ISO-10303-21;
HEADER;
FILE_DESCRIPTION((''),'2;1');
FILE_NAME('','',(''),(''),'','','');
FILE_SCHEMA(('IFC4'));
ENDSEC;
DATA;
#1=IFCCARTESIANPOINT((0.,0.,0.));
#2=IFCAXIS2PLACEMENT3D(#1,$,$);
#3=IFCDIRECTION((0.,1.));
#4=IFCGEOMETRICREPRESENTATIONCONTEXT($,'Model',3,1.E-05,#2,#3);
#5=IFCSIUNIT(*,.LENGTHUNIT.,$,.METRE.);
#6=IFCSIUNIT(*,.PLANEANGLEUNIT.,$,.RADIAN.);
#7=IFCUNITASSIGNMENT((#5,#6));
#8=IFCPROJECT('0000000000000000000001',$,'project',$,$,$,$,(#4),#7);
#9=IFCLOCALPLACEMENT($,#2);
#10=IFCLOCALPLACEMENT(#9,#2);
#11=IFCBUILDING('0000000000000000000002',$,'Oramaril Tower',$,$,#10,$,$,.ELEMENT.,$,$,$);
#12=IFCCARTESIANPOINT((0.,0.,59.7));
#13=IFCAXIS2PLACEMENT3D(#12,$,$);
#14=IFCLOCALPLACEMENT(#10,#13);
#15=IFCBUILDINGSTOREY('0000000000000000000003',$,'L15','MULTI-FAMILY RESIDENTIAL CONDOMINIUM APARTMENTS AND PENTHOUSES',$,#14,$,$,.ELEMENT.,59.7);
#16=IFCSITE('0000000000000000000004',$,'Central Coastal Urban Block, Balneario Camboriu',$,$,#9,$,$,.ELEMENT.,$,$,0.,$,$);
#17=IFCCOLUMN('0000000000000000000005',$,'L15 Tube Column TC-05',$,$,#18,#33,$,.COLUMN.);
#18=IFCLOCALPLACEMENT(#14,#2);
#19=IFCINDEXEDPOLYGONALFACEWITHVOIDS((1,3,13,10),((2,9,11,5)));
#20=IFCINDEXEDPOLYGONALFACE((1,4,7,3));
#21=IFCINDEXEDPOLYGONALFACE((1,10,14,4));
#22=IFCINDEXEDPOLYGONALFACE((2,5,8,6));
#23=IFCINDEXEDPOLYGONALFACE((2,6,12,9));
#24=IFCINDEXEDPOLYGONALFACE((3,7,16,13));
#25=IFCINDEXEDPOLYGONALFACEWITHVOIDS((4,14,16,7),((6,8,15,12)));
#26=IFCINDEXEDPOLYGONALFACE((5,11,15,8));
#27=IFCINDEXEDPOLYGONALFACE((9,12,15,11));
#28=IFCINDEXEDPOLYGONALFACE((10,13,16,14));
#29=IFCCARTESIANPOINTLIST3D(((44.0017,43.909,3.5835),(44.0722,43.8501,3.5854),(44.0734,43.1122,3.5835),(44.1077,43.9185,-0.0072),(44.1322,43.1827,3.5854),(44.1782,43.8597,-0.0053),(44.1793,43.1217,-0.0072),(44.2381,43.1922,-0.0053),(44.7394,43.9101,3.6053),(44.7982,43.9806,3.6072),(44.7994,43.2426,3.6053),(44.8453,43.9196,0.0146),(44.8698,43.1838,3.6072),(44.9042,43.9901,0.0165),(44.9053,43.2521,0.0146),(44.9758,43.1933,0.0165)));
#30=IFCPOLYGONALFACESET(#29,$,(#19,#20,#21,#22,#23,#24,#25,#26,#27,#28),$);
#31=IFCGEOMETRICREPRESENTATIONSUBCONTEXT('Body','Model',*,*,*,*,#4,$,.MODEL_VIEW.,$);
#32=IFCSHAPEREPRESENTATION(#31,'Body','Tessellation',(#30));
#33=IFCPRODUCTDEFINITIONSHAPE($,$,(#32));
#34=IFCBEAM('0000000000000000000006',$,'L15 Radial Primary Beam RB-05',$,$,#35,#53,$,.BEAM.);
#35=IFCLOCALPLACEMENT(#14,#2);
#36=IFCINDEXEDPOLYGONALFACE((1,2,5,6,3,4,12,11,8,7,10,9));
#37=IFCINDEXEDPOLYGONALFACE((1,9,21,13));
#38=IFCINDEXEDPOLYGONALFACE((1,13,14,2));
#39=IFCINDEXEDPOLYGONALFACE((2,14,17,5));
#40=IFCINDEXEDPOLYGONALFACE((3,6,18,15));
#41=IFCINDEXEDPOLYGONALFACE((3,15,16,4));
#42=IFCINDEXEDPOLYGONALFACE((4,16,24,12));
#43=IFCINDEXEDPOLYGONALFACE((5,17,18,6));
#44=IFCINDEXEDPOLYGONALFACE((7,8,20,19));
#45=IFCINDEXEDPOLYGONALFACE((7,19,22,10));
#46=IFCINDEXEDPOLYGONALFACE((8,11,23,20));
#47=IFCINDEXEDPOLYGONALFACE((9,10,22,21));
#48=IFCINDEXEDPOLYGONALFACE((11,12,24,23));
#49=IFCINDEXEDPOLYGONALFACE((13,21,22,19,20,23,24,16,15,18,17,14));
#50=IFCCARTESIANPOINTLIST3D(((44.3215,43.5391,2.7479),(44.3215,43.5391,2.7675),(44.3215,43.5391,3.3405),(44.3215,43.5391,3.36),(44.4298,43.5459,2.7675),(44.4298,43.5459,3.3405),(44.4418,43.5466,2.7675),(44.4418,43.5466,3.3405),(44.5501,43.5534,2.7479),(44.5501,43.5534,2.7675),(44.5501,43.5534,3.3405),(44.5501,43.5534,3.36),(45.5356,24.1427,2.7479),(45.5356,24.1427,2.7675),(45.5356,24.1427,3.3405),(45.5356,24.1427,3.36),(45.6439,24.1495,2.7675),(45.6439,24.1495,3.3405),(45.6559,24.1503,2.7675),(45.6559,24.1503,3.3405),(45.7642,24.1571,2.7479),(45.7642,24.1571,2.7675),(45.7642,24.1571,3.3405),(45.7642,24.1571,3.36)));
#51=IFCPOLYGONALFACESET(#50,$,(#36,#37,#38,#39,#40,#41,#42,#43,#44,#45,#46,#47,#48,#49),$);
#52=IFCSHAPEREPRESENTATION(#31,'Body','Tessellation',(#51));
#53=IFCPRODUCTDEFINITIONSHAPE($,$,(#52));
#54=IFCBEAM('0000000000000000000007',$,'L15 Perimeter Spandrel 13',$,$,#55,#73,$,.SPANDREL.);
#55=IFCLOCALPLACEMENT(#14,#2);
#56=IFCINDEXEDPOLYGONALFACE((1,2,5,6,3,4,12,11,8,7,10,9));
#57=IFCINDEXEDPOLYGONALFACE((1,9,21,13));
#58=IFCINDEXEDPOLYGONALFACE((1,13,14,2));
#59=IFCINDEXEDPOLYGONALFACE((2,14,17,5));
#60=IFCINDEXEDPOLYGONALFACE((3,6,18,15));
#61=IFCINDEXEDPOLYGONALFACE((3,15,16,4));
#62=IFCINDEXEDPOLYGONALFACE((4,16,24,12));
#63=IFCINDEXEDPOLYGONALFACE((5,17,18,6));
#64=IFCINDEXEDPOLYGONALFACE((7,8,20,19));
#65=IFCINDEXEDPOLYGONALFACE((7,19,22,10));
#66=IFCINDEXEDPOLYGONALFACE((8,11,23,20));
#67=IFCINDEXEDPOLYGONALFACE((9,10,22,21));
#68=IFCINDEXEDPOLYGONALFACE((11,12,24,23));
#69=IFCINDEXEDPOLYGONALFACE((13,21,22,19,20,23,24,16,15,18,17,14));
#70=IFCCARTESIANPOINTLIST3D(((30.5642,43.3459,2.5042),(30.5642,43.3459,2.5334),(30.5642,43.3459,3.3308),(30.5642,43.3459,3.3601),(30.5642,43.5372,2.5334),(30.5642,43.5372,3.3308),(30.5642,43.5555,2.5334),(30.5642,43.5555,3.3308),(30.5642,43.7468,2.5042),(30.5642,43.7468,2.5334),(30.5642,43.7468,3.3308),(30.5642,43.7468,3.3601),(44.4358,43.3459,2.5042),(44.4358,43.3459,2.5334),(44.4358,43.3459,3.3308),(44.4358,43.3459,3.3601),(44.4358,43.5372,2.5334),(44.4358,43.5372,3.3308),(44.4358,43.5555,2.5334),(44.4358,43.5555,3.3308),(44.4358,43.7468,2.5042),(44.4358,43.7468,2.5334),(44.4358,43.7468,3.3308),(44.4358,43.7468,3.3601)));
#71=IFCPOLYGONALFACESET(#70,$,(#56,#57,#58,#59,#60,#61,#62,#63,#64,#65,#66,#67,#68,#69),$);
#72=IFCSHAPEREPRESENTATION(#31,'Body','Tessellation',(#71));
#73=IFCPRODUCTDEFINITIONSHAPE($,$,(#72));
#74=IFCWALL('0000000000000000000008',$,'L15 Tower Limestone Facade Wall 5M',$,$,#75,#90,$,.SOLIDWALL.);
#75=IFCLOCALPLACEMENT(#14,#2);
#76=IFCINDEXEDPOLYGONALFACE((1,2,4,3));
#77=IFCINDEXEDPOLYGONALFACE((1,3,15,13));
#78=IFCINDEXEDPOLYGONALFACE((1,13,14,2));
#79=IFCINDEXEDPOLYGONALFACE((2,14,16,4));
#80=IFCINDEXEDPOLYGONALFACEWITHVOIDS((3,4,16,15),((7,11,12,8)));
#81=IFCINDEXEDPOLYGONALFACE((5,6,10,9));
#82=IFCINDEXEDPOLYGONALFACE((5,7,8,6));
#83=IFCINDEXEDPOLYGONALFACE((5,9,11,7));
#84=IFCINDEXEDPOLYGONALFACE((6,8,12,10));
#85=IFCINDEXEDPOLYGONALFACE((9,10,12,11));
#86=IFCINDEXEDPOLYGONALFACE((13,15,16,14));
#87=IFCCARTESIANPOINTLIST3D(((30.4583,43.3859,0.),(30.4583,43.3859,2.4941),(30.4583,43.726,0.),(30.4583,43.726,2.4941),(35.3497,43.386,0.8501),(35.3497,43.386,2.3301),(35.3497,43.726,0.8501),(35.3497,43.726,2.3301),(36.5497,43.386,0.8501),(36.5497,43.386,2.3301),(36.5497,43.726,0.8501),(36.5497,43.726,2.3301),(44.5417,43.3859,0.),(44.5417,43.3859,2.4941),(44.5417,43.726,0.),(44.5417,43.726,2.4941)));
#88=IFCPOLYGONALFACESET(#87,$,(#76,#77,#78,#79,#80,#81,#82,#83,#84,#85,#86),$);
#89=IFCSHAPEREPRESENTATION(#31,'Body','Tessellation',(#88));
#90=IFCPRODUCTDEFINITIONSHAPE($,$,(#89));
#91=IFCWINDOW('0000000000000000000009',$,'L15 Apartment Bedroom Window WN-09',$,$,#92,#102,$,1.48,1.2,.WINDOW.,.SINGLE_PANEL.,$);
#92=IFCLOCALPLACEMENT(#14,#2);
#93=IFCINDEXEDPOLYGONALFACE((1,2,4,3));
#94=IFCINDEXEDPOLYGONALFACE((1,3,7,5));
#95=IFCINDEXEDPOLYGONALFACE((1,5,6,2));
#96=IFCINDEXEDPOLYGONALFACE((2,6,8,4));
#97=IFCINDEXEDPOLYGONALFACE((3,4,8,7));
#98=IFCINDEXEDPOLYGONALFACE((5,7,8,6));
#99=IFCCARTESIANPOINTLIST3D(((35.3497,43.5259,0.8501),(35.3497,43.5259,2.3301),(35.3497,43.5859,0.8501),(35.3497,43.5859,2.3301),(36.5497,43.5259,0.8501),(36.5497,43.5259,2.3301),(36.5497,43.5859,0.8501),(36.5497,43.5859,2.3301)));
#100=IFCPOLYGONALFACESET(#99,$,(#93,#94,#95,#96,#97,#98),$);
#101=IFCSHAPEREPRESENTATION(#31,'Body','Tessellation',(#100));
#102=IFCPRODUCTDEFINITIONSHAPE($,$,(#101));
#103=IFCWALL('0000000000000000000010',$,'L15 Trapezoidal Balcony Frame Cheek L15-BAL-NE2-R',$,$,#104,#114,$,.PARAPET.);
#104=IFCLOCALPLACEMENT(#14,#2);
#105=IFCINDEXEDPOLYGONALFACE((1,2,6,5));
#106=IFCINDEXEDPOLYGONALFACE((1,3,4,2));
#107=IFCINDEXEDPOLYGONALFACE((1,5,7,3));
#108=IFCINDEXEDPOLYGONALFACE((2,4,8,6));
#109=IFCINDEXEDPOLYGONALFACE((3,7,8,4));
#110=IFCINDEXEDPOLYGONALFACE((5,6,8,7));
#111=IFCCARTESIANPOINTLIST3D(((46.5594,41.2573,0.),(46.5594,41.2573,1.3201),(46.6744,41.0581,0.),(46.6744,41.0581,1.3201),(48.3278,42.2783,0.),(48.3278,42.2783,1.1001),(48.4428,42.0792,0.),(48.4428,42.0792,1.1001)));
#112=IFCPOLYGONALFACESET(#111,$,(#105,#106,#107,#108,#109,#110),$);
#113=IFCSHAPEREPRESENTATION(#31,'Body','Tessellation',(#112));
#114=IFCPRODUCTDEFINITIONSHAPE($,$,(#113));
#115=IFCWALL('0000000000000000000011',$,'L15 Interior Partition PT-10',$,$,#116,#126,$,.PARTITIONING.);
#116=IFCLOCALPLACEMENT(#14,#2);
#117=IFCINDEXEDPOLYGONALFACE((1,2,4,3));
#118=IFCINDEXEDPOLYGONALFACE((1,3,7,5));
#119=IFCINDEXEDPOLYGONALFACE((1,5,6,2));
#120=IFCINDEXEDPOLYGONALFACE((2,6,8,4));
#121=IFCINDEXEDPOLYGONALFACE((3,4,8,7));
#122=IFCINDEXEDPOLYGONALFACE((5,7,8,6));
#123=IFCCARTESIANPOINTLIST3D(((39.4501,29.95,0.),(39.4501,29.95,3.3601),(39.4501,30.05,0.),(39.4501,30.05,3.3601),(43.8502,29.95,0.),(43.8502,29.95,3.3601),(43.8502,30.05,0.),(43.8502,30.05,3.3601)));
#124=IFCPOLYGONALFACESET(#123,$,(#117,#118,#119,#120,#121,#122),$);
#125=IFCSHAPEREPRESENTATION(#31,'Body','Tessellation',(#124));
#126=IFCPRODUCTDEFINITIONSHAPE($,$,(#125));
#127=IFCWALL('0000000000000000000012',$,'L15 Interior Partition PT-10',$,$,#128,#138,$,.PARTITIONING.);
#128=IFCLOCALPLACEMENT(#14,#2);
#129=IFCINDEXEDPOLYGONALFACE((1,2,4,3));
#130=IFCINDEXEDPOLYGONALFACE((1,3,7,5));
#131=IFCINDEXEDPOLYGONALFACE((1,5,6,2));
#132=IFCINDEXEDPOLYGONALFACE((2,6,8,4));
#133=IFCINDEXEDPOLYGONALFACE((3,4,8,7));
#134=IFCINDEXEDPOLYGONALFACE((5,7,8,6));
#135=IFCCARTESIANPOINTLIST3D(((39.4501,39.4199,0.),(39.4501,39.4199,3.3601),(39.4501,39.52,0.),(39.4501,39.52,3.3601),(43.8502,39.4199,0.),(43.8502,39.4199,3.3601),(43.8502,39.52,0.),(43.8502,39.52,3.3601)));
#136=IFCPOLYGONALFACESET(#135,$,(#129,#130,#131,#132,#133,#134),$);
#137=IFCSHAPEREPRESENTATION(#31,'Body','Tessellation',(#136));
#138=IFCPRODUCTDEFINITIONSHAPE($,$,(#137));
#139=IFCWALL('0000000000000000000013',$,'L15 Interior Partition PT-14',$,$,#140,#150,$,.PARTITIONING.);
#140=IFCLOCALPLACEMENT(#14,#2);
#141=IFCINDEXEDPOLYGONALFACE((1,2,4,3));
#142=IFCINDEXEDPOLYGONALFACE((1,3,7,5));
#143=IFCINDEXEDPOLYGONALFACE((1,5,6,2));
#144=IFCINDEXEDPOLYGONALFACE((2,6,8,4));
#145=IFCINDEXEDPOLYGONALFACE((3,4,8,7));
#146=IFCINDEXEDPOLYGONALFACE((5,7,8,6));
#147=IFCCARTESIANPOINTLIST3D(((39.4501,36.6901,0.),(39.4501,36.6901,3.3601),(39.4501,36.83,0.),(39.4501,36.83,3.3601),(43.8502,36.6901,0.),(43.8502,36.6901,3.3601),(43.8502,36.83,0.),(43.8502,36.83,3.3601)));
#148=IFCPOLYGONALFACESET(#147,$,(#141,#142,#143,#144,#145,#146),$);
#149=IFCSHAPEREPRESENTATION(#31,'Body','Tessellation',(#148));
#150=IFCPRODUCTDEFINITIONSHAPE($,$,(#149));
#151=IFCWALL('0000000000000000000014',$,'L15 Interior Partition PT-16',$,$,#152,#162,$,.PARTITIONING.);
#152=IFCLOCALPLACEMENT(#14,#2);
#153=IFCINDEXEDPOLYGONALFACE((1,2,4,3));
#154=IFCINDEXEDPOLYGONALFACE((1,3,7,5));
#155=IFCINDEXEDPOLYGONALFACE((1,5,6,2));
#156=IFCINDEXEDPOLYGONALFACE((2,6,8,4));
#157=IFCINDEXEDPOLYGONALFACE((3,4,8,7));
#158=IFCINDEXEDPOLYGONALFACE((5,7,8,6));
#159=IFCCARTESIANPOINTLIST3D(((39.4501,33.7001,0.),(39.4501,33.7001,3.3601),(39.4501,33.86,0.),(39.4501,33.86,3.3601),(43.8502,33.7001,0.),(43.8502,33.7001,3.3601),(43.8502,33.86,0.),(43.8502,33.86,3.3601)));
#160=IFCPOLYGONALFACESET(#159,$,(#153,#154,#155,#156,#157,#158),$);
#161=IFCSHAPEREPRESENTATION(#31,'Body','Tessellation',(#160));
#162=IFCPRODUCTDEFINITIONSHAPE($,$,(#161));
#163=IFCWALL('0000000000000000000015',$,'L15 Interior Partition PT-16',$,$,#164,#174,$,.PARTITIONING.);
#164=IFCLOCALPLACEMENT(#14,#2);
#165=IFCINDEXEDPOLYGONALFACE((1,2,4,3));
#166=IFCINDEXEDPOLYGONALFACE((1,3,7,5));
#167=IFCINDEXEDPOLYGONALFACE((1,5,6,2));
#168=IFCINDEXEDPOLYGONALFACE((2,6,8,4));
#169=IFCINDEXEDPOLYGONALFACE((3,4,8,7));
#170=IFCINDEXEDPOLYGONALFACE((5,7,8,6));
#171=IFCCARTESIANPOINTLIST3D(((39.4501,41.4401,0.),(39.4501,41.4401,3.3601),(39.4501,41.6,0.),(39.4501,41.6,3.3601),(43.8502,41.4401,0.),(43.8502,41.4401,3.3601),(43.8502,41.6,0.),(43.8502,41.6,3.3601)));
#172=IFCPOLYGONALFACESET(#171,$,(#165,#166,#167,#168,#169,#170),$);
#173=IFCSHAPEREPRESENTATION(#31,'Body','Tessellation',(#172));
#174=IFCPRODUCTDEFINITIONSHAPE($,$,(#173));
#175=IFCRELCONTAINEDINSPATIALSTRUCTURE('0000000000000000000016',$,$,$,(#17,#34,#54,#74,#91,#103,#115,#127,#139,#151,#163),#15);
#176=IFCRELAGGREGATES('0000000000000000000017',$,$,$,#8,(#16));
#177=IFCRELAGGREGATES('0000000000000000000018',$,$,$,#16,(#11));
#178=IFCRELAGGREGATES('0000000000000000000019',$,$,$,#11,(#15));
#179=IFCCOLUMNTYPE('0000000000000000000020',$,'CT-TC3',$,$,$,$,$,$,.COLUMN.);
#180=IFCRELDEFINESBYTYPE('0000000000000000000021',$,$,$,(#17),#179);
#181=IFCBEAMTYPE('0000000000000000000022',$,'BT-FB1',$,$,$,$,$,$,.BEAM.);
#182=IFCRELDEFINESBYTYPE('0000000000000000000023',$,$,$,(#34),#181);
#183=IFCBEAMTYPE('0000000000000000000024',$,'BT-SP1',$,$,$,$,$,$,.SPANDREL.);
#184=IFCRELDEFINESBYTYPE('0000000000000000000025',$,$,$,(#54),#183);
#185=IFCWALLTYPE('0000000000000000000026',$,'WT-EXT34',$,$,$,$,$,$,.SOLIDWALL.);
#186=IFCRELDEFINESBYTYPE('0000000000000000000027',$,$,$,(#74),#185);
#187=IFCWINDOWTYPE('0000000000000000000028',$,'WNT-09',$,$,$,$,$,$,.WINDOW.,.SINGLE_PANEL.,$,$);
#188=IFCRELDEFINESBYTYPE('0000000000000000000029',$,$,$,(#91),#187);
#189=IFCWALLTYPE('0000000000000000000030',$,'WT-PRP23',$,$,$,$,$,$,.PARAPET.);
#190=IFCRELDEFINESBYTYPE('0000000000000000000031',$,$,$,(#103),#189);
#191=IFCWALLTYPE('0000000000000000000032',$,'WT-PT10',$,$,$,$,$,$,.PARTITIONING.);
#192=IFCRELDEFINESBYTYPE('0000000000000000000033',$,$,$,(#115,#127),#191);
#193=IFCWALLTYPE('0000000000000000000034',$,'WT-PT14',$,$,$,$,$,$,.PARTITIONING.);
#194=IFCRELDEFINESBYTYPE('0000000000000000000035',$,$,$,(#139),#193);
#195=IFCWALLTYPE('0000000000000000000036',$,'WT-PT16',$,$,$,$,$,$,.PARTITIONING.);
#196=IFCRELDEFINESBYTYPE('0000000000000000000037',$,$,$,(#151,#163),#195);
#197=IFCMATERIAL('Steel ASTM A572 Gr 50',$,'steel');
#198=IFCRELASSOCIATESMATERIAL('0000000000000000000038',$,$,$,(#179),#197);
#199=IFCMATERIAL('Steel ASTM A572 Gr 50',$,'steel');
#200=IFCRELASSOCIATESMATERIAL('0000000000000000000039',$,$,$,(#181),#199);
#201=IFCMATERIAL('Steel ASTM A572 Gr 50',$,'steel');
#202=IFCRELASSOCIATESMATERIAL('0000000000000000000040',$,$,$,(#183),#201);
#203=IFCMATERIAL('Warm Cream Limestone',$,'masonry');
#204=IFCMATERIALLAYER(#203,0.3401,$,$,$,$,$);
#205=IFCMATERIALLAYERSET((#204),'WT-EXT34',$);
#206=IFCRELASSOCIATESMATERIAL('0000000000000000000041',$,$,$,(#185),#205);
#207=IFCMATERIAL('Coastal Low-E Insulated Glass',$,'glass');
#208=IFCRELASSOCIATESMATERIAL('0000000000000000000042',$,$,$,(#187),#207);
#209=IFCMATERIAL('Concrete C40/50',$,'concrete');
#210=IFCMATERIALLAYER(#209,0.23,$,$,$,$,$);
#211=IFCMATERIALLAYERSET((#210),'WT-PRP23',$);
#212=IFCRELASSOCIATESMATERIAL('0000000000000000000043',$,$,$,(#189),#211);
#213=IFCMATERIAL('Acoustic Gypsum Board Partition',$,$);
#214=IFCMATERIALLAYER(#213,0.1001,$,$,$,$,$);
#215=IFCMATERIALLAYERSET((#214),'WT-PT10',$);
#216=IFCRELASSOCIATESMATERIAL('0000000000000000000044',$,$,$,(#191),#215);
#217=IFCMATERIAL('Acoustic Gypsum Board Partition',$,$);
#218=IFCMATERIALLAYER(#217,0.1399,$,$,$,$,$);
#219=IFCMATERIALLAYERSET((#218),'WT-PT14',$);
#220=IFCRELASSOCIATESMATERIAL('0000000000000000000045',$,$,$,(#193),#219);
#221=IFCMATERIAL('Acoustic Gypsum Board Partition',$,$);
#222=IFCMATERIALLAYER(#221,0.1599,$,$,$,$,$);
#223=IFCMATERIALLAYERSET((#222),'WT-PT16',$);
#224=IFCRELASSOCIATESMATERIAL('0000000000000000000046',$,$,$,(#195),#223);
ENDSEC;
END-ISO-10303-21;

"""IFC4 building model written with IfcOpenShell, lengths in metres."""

from ifc_helpers import new_model, si_unit, direction, frame, frame_2d, origin, origin_2d, place, context, subcontext, project, spatial, polyline, rectangle, hollow_rectangle, i_section, outline, extrude, material, layer, layer_set, material_profile, profile_set, type_object, element, fill, save


model = new_model("IFC4")

# Units and contexts
model_context = context("Model", 3, precision=1e-05, world=origin(), true_north=direction((0.0, 1.0)))
body_context = subcontext(model_context, "Body", "Model", "MODEL_VIEW")
ifc_project = project(units=[si_unit("LENGTHUNIT", "METRE"), si_unit("PLANEANGLEUNIT", "RADIAN")], contexts=[model_context])

# Site, building, storey
site_placement = place(None, origin())
site = spatial("IfcSite", under=ifc_project, at=site_placement, Name="Central Coastal Urban Block, Balneario Camboriu", CompositionType="ELEMENT", RefElevation=0.0)
building_placement = place(site_placement, origin())
building = spatial("IfcBuilding", under=site, at=building_placement, Name="Oramaril Tower", CompositionType="ELEMENT")
storey_placement = place(building_placement, frame((0.0, 0.0, 59.7)))
storey = spatial("IfcBuildingStorey", under=building, at=storey_placement, Name="L15", Description="MULTI-FAMILY RESIDENTIAL CONDOMINIUM APARTMENTS AND PENTHOUSES", CompositionType="ELEMENT", Elevation=59.7)

# Column
ifc_material_1 = material(Name="Steel ASTM A572 Gr 50", Category="steel")
ifc_material_profile_1 = material_profile(ifc_material_1, hollow_rectangle(XDim=0.8, YDim=0.8, WallThickness=0.0649, at=origin_2d()), Name="BOX800X800X65")
ifc_profile_set_1 = profile_set([ifc_material_profile_1], Name="Steel ASTM A572 Gr 50")
column_type = type_object("IfcColumnType", Name="CT-TC3", PredefinedType="COLUMN", material=ifc_profile_set_1)
column_placement = place(storey_placement, frame((44.5417, 43.5559, 0.0046), z_axis=(-0.029495, -0.00265, 0.999561), x_axis=(0.089501, -0.995987, 0.0)))
element("IfcColumn", 1, at=column_placement, inside=storey, type_object=column_type, Name="L15 Tube Column TC-05", PredefinedType="COLUMN", context=body_context, shape_type="SweptSolid", body=[
    extrude(hollow_rectangle(XDim=0.8, YDim=0.8, WallThickness=0.0649, at=origin_2d()), origin(), (0.0, 0.0, 1.0), 3.5923),
])

# Beams
ifc_material_2 = material(Name="Steel ASTM A572 Gr 50", Category="steel")
ifc_material_profile_2 = material_profile(ifc_material_2, i_section(OverallWidth=0.229, OverallDepth=0.6121, WebThickness=0.012, FlangeThickness=0.0195, at=origin_2d()), Name="W24X84")
ifc_profile_set_2 = profile_set([ifc_material_profile_2], Name="Steel ASTM A572 Gr 50")
beam_type_1 = type_object("IfcBeamType", Name="BT-FB1", PredefinedType="BEAM", material=ifc_profile_set_2)
beam_1_placement = place(storey_placement, frame((45.6499, 24.1499, 3.054), z_axis=(-0.062472, 0.998047, 0.0), x_axis=(-0.998047, -0.062472, 0.0)))
element("IfcBeam", 2, at=beam_1_placement, inside=storey, type_object=beam_type_1, Name="L15 Radial Primary Beam RB-05", PredefinedType="BEAM", context=body_context, shape_type="SweptSolid", body=[
    extrude(i_section(OverallWidth=0.229, OverallDepth=0.6121, WebThickness=0.012, FlangeThickness=0.0195, at=origin_2d()), origin(), (0.0, 0.0, 1.0), 19.4343),
])
ifc_material_3 = material(Name="Steel ASTM A572 Gr 50", Category="steel")
ifc_material_profile_3 = material_profile(ifc_material_3, i_section(OverallWidth=0.4009, OverallDepth=0.856, WebThickness=0.0183, FlangeThickness=0.0293, at=origin_2d()), Name="W33X201")
ifc_profile_set_3 = profile_set([ifc_material_profile_3], Name="Steel ASTM A572 Gr 50")
beam_type_2 = type_object("IfcBeamType", Name="BT-SP1", PredefinedType="SPANDREL", material=ifc_profile_set_3)
beam_2_placement = place(storey_placement, frame((44.4358, 43.5464, 2.9321), z_axis=(-1.0, 0.0, 0.0), x_axis=(0.0, -1.0, 0.0)))
element("IfcBeam", 3, at=beam_2_placement, inside=storey, type_object=beam_type_2, Name="L15 Perimeter Spandrel 13", PredefinedType="SPANDREL", context=body_context, shape_type="SweptSolid", body=[
    extrude(i_section(OverallWidth=0.4009, OverallDepth=0.856, WebThickness=0.0183, FlangeThickness=0.0293, at=origin_2d()), origin(), (0.0, 0.0, 1.0), 13.8716),
])

# Wall, opening, window
ifc_material_4 = material(Name="Warm Cream Limestone", Category="masonry")
ifc_layer_1 = layer(ifc_material_4, 0.3401)
ifc_layer_set_1 = layer_set([ifc_layer_1], Name="WT-EXT34")
wall_type_1 = type_object("IfcWallType", Name="WT-EXT34", PredefinedType="SOLIDWALL", material=ifc_layer_set_1)
wall_1_placement = place(storey_placement, frame((44.5417, 43.5559, 0.0), z_axis=(0.0, 0.0, 1.0), x_axis=(-1.0, 0.0, 0.0)))
wall_1 = element("IfcWall", 4, at=wall_1_placement, inside=storey, type_object=wall_type_1, Name="L15 Tower Limestone Facade Wall 5M", PredefinedType="SOLIDWALL", context=body_context, shape_type="SweptSolid", body=[
    extrude(rectangle(XDim=14.0835, YDim=0.3401, at=frame_2d((7.0417, 0.0))), origin(), (0.0, 0.0, 1.0), 2.4941),
])
opening_1_placement = place(wall_1_placement, frame((7.9919, 0.0, 0.8501)))
opening_1 = element("IfcOpeningElement", 5, at=opening_1_placement, cuts=wall_1, PredefinedType="OPENING", context=body_context, shape_type="SweptSolid", body=[
    extrude(rectangle(XDim=1.2, YDim=1.48, at=frame_2d((0.6001, 0.74))), frame((0.0, 0.1699, 0.0), z_axis=(0.0, -1.0, 0.0), x_axis=(1.0, 0.0, 0.0)), (0.0, 0.0, 1.0), 0.3401),
])
ifc_material_5 = material(Name="Coastal Low-E Insulated Glass", Category="glass")
window_type = type_object("IfcWindowType", Name="WNT-09", PartitioningType="SINGLE_PANEL", PredefinedType="WINDOW", material=ifc_material_5)
window_placement = place(opening_1_placement, origin())
window = element("IfcWindow", 6, at=window_placement, inside=storey, type_object=window_type, Name="L15 Apartment Bedroom Window WN-09", OverallHeight=1.48, OverallWidth=1.2, PartitioningType="SINGLE_PANEL", PredefinedType="WINDOW", context=body_context, shape_type="SweptSolid", body=[
    extrude(rectangle(XDim=1.2, YDim=1.48, at=frame_2d((0.6001, 0.74))), frame((0.0, 0.03, 0.0), z_axis=(0.0, -1.0, 0.0), x_axis=(1.0, 0.0, 0.0)), (0.0, 0.0, 1.0), 0.0601),
])
fill(opening_1, window)

# Walls
ifc_material_6 = material(Name="Concrete C40/50", Category="concrete")
ifc_layer_2 = layer(ifc_material_6, 0.23)
ifc_layer_set_2 = layer_set([ifc_layer_2], Name="WT-PRP23")
wall_type_2 = type_object("IfcWallType", Name="WT-PRP23", PredefinedType="PARAPET", material=ifc_layer_set_2)
wall_2_placement = place(storey_placement, frame((46.6169, 41.1577, 0.0), z_axis=(0.0, 0.0, 1.0), x_axis=(0.866012, 0.500023, 0.0)))
element("IfcWall", 7, at=wall_2_placement, inside=storey, type_object=wall_type_2, Name="L15 Trapezoidal Balcony Frame Cheek L15-BAL-NE2-R", PredefinedType="PARAPET", context=body_context, shape_type="SweptSolid", body=[
    extrude(outline(polyline([(0.0, 0.0), (2.042, 0.0), (2.042, 1.1001), (0.0, 1.3201), (0.0, 0.0)])), frame((0.0, 0.115, 0.0), z_axis=(0.0, -1.0, 0.0), x_axis=(1.0, 0.0, 0.0)), (0.0, 0.0, 1.0), 0.23),
])
ifc_material_7 = material(Name="Acoustic Gypsum Board Partition")
ifc_layer_3 = layer(ifc_material_7, 0.1001)
ifc_layer_set_3 = layer_set([ifc_layer_3], Name="WT-PT10")
wall_type_3 = type_object("IfcWallType", Name="WT-PT10", PredefinedType="PARTITIONING", material=ifc_layer_set_3)
for number, where, z_axis, x_axis, name in (
    (8, (39.45, 30.0, 0.0), (0.0, 0.0, 1.0), (1.0, 0.0, 0.0), "L15 Interior Partition PT-10"),
    (9, (39.45, 39.47, 0.0), (0.0, 0.0, 1.0), (1.0, 0.0, 0.0), "L15 Interior Partition PT-10"),
):
    element("IfcWall", number, at=place(storey_placement, frame(where, z_axis=z_axis, x_axis=x_axis)), inside=storey, type_object=wall_type_3, Name=name, PredefinedType="PARTITIONING", context=body_context, shape_type="SweptSolid", body=[
        extrude(rectangle(XDim=4.4001, YDim=0.1001, at=frame_2d((2.2002, 0.0))), origin(), (0.0, 0.0, 1.0), 3.3601),
    ])
ifc_material_8 = material(Name="Acoustic Gypsum Board Partition")
ifc_layer_4 = layer(ifc_material_8, 0.1399)
ifc_layer_set_4 = layer_set([ifc_layer_4], Name="WT-PT14")
wall_type_4 = type_object("IfcWallType", Name="WT-PT14", PredefinedType="PARTITIONING", material=ifc_layer_set_4)
wall_3_placement = place(storey_placement, frame((39.45, 36.76, 0.0), z_axis=(0.0, 0.0, 1.0), x_axis=(1.0, 0.0, 0.0)))
element("IfcWall", 10, at=wall_3_placement, inside=storey, type_object=wall_type_4, Name="L15 Interior Partition PT-14", PredefinedType="PARTITIONING", context=body_context, shape_type="SweptSolid", body=[
    extrude(rectangle(XDim=4.4001, YDim=0.1399, at=frame_2d((2.2002, 0.0))), origin(), (0.0, 0.0, 1.0), 3.3601),
])
ifc_material_9 = material(Name="Acoustic Gypsum Board Partition")
ifc_layer_5 = layer(ifc_material_9, 0.1599)
ifc_layer_set_5 = layer_set([ifc_layer_5], Name="WT-PT16")
wall_type_5 = type_object("IfcWallType", Name="WT-PT16", PredefinedType="PARTITIONING", material=ifc_layer_set_5)
for number, where, z_axis, x_axis, name in (
    (11, (39.45, 33.78, 0.0), (0.0, 0.0, 1.0), (1.0, 0.0, 0.0), "L15 Interior Partition PT-16"),
    (12, (39.45, 41.52, 0.0), (0.0, 0.0, 1.0), (1.0, 0.0, 0.0), "L15 Interior Partition PT-16"),
):
    element("IfcWall", number, at=place(storey_placement, frame(where, z_axis=z_axis, x_axis=x_axis)), inside=storey, type_object=wall_type_5, Name=name, PredefinedType="PARTITIONING", context=body_context, shape_type="SweptSolid", body=[
        extrude(rectangle(XDim=4.4001, YDim=0.1599, at=frame_2d((2.2002, 0.0))), origin(), (0.0, 0.0, 1.0), 3.3601),
    ])

save(model, "model.ifc")
